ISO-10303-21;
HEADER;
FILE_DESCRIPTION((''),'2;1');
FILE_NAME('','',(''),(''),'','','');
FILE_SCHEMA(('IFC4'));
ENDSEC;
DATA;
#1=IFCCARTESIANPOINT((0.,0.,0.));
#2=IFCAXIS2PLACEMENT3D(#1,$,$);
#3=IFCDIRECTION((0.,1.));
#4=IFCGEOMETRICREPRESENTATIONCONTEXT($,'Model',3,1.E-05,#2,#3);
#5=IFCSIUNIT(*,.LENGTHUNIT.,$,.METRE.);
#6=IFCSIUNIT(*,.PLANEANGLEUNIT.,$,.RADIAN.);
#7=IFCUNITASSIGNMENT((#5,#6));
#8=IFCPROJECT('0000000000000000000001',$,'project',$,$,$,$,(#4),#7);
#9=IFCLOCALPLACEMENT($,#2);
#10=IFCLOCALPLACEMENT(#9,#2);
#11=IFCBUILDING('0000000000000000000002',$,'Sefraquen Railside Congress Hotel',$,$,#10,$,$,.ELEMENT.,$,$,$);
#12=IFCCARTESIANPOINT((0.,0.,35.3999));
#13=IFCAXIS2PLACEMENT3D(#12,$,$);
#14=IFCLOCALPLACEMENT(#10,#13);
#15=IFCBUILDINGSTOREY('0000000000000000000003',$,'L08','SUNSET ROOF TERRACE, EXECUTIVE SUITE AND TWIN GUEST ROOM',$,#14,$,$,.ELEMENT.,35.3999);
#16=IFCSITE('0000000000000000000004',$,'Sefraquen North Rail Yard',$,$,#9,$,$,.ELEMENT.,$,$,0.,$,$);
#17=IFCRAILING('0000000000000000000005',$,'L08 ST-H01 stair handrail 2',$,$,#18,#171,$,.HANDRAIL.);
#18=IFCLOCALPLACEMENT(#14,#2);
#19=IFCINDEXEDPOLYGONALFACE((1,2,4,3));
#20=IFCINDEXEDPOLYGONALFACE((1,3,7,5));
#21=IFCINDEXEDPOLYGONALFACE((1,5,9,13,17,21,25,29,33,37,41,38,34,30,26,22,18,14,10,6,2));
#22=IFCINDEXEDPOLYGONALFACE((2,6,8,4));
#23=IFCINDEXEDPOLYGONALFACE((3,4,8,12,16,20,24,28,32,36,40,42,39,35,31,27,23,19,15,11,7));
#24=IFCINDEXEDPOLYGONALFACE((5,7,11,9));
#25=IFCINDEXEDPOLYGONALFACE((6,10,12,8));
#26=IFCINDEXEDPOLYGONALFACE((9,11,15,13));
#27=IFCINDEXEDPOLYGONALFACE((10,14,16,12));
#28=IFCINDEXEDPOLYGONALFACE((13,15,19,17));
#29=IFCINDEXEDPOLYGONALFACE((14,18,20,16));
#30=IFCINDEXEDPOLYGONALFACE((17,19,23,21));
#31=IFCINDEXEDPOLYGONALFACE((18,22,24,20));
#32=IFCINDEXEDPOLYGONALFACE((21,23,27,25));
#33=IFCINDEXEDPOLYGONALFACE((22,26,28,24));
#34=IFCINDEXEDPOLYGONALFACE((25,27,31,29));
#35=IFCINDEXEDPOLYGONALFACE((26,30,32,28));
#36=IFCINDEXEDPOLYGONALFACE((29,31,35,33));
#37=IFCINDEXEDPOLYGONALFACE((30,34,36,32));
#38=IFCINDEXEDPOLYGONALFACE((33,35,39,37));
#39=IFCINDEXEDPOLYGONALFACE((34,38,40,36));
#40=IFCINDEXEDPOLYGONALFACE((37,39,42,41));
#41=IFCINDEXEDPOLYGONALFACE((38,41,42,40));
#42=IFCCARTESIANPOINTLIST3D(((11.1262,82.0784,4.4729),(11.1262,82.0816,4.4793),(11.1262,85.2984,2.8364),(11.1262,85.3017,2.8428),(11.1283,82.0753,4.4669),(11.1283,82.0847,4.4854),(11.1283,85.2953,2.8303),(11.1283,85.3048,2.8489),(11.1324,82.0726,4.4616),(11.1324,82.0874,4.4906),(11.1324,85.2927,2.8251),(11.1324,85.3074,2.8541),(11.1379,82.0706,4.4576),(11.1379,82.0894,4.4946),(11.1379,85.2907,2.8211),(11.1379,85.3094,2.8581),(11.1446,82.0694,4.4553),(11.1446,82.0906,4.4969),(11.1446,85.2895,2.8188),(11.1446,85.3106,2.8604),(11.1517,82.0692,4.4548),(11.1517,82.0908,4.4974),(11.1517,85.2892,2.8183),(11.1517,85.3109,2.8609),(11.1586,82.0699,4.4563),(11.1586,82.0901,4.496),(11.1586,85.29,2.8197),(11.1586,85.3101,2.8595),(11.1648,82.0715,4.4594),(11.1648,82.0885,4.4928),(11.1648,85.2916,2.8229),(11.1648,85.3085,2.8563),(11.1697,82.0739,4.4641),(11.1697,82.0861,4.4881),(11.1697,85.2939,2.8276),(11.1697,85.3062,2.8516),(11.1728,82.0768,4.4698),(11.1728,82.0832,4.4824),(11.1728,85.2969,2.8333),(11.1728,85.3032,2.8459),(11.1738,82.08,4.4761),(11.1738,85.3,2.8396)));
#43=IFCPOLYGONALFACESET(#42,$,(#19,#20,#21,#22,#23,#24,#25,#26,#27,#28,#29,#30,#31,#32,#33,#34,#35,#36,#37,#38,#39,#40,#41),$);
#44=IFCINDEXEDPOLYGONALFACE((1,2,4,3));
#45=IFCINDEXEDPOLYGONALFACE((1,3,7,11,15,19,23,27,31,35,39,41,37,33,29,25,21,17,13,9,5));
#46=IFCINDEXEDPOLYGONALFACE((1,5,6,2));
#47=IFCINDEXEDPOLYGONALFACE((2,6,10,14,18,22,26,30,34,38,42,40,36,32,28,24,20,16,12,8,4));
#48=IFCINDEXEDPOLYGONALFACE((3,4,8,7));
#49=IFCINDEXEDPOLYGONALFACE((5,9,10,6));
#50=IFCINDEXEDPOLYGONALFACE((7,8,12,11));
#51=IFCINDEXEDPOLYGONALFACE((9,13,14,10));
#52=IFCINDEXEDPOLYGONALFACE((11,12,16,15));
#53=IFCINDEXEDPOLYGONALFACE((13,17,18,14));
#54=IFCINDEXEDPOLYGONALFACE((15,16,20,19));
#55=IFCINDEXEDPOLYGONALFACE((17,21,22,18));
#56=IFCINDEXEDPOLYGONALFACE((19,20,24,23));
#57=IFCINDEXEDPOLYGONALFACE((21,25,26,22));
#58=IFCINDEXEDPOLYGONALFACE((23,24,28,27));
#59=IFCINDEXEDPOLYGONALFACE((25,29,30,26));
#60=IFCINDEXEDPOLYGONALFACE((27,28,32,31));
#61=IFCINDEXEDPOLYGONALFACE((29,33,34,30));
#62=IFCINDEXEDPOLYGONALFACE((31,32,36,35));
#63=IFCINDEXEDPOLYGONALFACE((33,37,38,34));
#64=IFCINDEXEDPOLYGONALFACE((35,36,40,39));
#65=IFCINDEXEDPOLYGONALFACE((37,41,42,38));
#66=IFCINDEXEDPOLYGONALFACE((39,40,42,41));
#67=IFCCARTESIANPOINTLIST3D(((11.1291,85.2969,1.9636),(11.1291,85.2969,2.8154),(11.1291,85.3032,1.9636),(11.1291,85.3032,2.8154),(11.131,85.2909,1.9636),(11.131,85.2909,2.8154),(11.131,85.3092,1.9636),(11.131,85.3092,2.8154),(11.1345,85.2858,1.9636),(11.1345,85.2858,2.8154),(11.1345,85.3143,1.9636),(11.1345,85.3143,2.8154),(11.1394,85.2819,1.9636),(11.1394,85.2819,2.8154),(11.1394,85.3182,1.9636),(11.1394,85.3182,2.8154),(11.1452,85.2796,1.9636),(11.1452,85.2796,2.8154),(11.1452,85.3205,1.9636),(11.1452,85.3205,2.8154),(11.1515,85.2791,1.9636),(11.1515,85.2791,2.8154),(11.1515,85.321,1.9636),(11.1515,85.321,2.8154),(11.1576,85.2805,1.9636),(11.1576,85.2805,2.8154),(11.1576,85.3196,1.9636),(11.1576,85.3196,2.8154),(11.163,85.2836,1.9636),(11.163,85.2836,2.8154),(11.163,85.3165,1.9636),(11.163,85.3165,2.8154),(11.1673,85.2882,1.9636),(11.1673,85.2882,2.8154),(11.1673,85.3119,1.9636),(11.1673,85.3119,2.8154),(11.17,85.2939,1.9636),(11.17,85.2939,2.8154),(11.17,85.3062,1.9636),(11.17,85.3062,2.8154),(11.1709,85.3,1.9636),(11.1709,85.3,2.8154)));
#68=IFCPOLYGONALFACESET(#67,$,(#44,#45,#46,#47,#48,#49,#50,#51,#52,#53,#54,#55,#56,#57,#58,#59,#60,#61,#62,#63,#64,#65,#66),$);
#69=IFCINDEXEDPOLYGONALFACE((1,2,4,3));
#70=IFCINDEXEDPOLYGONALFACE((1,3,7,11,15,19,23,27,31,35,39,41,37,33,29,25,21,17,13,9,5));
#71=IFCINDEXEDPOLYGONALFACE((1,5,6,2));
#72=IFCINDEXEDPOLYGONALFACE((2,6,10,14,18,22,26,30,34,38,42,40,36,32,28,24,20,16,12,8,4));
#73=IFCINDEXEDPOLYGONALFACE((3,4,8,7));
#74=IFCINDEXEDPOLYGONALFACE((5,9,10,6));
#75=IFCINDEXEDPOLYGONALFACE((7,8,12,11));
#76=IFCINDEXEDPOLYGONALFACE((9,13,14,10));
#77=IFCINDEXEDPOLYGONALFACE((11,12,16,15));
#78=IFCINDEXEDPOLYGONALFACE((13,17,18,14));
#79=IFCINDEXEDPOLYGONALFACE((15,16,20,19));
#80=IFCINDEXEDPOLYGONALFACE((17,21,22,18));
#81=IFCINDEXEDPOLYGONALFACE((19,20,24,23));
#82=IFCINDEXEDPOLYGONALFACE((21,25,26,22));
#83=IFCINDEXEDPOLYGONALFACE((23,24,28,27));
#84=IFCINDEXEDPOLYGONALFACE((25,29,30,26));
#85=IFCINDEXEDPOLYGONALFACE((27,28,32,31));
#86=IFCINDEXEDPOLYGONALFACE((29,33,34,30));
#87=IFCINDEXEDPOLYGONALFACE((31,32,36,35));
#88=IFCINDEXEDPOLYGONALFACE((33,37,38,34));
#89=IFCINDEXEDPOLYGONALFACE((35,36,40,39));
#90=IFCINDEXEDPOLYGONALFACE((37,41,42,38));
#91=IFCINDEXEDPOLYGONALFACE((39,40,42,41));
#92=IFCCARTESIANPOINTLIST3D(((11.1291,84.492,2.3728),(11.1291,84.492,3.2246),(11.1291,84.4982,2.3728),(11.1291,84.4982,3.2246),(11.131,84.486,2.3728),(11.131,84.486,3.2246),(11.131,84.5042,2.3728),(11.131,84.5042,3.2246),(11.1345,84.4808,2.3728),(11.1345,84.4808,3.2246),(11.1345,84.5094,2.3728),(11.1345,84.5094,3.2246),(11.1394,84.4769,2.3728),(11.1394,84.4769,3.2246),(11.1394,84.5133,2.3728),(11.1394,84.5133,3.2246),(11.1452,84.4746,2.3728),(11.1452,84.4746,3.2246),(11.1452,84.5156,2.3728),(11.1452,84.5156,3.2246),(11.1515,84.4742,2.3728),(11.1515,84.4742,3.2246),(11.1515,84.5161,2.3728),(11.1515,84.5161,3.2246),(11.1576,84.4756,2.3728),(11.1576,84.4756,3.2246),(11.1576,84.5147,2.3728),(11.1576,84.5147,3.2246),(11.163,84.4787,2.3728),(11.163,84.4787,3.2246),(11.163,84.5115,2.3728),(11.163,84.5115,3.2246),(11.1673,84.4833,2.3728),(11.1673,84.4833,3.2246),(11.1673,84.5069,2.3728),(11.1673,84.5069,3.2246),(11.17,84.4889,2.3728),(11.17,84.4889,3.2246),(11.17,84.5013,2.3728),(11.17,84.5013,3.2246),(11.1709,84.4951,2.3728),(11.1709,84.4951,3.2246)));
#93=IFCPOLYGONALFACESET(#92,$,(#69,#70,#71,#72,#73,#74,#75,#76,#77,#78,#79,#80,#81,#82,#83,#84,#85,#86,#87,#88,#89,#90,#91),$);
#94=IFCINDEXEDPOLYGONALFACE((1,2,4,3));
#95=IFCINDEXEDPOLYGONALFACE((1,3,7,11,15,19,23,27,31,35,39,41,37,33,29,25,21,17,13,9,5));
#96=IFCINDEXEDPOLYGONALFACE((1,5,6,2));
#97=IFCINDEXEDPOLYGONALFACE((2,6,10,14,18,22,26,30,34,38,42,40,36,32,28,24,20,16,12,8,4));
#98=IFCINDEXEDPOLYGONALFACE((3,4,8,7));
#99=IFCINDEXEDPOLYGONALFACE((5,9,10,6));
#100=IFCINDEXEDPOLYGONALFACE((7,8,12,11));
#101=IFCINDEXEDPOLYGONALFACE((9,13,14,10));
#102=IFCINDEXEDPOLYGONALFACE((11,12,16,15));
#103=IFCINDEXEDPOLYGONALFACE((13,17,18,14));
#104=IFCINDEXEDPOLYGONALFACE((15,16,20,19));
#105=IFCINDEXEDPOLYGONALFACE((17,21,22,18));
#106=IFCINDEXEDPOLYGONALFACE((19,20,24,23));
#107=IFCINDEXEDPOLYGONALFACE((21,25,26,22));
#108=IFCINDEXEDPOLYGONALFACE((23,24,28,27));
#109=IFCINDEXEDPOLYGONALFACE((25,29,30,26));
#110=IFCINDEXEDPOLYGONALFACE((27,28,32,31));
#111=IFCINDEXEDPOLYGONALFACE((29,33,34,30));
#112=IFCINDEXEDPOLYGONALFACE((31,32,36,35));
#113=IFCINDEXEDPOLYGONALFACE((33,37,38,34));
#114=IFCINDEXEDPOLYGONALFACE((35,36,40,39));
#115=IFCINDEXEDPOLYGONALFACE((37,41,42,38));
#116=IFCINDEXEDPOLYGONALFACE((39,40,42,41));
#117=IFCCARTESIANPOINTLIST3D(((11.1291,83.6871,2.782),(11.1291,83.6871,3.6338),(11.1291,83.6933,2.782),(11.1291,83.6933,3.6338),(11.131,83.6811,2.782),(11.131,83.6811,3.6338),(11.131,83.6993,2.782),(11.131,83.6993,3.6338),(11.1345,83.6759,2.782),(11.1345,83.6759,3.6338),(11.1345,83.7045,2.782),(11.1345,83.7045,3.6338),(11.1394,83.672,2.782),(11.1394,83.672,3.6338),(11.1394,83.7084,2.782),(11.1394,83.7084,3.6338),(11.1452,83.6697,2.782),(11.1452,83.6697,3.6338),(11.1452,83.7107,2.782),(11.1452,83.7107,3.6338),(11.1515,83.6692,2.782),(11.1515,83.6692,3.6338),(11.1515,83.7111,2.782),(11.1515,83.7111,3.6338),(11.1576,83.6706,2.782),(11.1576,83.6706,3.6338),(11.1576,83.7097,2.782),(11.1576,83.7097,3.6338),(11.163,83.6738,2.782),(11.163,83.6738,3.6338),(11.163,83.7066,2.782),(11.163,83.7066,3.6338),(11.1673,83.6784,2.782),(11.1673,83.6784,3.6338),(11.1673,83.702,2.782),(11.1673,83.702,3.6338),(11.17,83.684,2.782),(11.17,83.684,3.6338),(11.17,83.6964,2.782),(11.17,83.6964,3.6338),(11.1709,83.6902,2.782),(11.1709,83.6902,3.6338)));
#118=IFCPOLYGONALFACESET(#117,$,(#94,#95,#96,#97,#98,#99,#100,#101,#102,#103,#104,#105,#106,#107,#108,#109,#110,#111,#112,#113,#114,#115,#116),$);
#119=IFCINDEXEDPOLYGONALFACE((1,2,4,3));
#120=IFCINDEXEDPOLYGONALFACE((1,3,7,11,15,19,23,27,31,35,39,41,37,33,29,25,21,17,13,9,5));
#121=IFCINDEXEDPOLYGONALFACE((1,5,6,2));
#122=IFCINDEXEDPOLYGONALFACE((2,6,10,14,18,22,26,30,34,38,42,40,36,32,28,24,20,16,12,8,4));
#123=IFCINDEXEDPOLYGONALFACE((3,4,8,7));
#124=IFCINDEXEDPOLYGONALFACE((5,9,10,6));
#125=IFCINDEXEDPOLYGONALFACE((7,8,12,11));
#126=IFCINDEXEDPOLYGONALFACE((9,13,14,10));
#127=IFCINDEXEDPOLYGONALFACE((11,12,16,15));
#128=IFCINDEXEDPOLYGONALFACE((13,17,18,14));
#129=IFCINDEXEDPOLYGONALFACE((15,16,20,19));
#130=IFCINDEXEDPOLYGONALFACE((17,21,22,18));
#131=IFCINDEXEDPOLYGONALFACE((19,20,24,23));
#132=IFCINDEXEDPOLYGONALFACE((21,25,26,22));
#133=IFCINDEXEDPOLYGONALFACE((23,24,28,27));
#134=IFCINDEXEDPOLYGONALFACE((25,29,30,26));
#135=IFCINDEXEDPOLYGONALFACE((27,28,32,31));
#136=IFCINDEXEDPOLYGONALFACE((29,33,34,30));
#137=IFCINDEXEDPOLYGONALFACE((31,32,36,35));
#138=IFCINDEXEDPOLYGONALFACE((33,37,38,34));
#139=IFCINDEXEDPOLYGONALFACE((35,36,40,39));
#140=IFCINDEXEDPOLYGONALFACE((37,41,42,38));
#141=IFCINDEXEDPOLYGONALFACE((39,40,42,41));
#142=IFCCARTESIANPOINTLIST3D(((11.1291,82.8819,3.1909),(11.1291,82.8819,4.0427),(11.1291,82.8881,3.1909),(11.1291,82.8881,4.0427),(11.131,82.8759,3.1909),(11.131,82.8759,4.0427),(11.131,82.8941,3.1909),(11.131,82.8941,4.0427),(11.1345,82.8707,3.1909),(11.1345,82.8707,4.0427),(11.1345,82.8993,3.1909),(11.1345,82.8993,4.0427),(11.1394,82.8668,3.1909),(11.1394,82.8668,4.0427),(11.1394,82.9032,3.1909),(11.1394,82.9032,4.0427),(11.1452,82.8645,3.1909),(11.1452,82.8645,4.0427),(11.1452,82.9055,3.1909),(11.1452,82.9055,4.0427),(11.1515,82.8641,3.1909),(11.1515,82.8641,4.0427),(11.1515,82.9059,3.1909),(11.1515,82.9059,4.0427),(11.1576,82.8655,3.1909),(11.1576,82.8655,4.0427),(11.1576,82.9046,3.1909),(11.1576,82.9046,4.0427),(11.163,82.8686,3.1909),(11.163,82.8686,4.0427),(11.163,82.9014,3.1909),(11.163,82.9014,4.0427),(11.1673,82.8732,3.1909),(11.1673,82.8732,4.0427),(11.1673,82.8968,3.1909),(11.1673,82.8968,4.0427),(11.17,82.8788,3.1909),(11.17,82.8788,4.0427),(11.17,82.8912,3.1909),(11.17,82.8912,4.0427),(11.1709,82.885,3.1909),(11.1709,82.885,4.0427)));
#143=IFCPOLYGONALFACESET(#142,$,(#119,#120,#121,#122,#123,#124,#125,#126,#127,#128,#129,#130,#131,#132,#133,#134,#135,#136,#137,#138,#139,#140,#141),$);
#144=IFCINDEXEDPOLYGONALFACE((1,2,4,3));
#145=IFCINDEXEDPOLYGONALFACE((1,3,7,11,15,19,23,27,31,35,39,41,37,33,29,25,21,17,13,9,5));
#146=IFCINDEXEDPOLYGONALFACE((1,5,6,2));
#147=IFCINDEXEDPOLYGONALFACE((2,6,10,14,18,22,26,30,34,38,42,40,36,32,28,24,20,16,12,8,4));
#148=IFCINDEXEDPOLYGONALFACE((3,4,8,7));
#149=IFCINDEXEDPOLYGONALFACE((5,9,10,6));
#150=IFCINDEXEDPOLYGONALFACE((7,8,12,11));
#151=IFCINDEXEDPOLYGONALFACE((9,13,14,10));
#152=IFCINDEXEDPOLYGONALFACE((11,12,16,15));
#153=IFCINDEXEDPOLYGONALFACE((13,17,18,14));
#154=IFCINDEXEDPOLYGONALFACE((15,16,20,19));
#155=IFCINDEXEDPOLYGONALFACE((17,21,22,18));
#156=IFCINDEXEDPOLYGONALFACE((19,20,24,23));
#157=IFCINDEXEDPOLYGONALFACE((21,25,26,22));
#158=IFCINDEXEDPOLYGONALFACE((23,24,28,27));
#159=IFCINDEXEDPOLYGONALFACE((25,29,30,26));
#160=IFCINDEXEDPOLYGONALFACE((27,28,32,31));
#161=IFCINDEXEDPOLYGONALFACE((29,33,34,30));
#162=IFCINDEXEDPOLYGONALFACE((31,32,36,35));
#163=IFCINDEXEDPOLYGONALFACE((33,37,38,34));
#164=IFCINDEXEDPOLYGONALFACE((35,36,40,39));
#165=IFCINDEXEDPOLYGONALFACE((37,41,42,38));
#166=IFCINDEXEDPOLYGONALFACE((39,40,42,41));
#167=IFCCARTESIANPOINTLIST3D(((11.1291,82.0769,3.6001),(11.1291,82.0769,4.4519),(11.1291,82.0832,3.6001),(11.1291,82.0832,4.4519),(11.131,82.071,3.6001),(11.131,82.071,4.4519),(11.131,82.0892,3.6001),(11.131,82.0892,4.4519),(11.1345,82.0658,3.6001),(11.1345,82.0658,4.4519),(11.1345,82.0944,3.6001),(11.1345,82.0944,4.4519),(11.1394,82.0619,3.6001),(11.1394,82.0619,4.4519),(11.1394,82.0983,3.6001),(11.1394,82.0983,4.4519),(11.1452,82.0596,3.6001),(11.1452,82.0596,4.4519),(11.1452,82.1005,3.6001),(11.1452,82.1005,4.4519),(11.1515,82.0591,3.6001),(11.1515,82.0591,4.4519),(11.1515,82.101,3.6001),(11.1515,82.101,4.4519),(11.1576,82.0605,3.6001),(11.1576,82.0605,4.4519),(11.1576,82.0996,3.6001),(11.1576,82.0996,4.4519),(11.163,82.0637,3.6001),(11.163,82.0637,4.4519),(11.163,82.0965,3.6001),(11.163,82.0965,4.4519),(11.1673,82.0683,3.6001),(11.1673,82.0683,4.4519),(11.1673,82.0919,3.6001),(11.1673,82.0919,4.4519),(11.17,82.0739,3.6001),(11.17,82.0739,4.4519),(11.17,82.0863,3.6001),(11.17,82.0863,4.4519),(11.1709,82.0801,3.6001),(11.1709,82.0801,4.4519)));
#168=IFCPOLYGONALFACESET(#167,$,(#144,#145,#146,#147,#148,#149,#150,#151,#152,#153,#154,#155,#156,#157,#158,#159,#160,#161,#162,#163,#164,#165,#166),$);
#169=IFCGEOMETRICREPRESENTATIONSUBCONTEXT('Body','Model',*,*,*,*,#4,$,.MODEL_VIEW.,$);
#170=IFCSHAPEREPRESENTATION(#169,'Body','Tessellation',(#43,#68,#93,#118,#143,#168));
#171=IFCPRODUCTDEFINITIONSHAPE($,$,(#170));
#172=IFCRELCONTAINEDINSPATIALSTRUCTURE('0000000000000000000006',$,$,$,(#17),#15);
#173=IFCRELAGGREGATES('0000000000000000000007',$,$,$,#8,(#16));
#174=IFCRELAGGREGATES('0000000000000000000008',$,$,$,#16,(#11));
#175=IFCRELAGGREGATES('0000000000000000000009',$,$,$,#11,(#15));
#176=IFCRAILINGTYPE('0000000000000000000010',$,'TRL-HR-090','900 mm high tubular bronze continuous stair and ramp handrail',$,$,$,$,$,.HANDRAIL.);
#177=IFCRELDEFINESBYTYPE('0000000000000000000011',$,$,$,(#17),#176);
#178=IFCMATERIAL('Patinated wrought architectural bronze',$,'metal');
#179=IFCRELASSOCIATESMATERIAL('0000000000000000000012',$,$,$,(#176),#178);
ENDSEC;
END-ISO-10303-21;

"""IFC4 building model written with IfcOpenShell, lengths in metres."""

from ifc_helpers import new_model, si_unit, direction, frame, origin, origin_2d, place, context, subcontext, project, spatial, circle, extrude, material, type_object, element, save


model = new_model("IFC4")

# Units and contexts
model_context = context("Model", 3, precision=1e-05, world=origin(), true_north=direction((0.0, 1.0)))
body_context = subcontext(model_context, "Body", "Model", "MODEL_VIEW")
ifc_project = project(units=[si_unit("LENGTHUNIT", "METRE"), si_unit("PLANEANGLEUNIT", "RADIAN")], contexts=[model_context])

# Site, building, storey
site_placement = place(None, origin())
site = spatial("IfcSite", under=ifc_project, at=site_placement, Name="Sefraquen North Rail Yard", CompositionType="ELEMENT", RefElevation=0.0)
building_placement = place(site_placement, origin())
building = spatial("IfcBuilding", under=site, at=building_placement, Name="Sefraquen Railside Congress Hotel", CompositionType="ELEMENT")
storey_placement = place(building_placement, frame((0.0, 0.0, 35.3999)))
storey = spatial("IfcBuildingStorey", under=building, at=storey_placement, Name="L08", Description="SUNSET ROOF TERRACE, EXECUTIVE SUITE AND TWIN GUEST ROOM", CompositionType="ELEMENT", Elevation=35.3999)

# Railing
ifc_material_1 = material(Name="Patinated wrought architectural bronze", Category="metal")
railing_type_1 = type_object("IfcRailingType", Name="TRL-HR-090", Description="900 mm high tubular bronze continuous stair and ramp handrail", PredefinedType="HANDRAIL", material=ifc_material_1)
railing_1_placement = place(storey_placement, frame((11.1499, 85.3, 1.9636)))
element("IfcRailing", 1, at=railing_1_placement, inside=storey, type_object=railing_type_1, Name="L08 ST-H01 stair handrail 2", PredefinedType="HANDRAIL", context=body_context, shape_type="SweptSolid", body=[
    extrude(circle(Radius=0.0239, at=origin_2d()), frame((0.0, 0.0, 0.876), z_axis=(0.0, -0.891474, 0.453071), x_axis=(1.0, 0.0, 0.0)), (0.0, 0.0, 1.0), 3.6121),
    extrude(circle(Radius=0.021, at=origin_2d()), origin(), (0.0, 0.0, 1.0), 0.8518),
    extrude(circle(Radius=0.021, at=origin_2d()), frame((0.0, -0.8049, 0.4092)), (0.0, 0.0, 1.0), 0.8518),
    extrude(circle(Radius=0.021, at=origin_2d()), frame((0.0, -1.6099, 0.8184)), (0.0, 0.0, 1.0), 0.8518),
    extrude(circle(Radius=0.021, at=origin_2d()), frame((0.0, -2.415, 1.2273)), (0.0, 0.0, 1.0), 0.8518),
    extrude(circle(Radius=0.021, at=origin_2d()), frame((0.0, -3.22, 1.6365)), (0.0, 0.0, 1.0), 0.8518),
])

save(model, "model.ifc")
